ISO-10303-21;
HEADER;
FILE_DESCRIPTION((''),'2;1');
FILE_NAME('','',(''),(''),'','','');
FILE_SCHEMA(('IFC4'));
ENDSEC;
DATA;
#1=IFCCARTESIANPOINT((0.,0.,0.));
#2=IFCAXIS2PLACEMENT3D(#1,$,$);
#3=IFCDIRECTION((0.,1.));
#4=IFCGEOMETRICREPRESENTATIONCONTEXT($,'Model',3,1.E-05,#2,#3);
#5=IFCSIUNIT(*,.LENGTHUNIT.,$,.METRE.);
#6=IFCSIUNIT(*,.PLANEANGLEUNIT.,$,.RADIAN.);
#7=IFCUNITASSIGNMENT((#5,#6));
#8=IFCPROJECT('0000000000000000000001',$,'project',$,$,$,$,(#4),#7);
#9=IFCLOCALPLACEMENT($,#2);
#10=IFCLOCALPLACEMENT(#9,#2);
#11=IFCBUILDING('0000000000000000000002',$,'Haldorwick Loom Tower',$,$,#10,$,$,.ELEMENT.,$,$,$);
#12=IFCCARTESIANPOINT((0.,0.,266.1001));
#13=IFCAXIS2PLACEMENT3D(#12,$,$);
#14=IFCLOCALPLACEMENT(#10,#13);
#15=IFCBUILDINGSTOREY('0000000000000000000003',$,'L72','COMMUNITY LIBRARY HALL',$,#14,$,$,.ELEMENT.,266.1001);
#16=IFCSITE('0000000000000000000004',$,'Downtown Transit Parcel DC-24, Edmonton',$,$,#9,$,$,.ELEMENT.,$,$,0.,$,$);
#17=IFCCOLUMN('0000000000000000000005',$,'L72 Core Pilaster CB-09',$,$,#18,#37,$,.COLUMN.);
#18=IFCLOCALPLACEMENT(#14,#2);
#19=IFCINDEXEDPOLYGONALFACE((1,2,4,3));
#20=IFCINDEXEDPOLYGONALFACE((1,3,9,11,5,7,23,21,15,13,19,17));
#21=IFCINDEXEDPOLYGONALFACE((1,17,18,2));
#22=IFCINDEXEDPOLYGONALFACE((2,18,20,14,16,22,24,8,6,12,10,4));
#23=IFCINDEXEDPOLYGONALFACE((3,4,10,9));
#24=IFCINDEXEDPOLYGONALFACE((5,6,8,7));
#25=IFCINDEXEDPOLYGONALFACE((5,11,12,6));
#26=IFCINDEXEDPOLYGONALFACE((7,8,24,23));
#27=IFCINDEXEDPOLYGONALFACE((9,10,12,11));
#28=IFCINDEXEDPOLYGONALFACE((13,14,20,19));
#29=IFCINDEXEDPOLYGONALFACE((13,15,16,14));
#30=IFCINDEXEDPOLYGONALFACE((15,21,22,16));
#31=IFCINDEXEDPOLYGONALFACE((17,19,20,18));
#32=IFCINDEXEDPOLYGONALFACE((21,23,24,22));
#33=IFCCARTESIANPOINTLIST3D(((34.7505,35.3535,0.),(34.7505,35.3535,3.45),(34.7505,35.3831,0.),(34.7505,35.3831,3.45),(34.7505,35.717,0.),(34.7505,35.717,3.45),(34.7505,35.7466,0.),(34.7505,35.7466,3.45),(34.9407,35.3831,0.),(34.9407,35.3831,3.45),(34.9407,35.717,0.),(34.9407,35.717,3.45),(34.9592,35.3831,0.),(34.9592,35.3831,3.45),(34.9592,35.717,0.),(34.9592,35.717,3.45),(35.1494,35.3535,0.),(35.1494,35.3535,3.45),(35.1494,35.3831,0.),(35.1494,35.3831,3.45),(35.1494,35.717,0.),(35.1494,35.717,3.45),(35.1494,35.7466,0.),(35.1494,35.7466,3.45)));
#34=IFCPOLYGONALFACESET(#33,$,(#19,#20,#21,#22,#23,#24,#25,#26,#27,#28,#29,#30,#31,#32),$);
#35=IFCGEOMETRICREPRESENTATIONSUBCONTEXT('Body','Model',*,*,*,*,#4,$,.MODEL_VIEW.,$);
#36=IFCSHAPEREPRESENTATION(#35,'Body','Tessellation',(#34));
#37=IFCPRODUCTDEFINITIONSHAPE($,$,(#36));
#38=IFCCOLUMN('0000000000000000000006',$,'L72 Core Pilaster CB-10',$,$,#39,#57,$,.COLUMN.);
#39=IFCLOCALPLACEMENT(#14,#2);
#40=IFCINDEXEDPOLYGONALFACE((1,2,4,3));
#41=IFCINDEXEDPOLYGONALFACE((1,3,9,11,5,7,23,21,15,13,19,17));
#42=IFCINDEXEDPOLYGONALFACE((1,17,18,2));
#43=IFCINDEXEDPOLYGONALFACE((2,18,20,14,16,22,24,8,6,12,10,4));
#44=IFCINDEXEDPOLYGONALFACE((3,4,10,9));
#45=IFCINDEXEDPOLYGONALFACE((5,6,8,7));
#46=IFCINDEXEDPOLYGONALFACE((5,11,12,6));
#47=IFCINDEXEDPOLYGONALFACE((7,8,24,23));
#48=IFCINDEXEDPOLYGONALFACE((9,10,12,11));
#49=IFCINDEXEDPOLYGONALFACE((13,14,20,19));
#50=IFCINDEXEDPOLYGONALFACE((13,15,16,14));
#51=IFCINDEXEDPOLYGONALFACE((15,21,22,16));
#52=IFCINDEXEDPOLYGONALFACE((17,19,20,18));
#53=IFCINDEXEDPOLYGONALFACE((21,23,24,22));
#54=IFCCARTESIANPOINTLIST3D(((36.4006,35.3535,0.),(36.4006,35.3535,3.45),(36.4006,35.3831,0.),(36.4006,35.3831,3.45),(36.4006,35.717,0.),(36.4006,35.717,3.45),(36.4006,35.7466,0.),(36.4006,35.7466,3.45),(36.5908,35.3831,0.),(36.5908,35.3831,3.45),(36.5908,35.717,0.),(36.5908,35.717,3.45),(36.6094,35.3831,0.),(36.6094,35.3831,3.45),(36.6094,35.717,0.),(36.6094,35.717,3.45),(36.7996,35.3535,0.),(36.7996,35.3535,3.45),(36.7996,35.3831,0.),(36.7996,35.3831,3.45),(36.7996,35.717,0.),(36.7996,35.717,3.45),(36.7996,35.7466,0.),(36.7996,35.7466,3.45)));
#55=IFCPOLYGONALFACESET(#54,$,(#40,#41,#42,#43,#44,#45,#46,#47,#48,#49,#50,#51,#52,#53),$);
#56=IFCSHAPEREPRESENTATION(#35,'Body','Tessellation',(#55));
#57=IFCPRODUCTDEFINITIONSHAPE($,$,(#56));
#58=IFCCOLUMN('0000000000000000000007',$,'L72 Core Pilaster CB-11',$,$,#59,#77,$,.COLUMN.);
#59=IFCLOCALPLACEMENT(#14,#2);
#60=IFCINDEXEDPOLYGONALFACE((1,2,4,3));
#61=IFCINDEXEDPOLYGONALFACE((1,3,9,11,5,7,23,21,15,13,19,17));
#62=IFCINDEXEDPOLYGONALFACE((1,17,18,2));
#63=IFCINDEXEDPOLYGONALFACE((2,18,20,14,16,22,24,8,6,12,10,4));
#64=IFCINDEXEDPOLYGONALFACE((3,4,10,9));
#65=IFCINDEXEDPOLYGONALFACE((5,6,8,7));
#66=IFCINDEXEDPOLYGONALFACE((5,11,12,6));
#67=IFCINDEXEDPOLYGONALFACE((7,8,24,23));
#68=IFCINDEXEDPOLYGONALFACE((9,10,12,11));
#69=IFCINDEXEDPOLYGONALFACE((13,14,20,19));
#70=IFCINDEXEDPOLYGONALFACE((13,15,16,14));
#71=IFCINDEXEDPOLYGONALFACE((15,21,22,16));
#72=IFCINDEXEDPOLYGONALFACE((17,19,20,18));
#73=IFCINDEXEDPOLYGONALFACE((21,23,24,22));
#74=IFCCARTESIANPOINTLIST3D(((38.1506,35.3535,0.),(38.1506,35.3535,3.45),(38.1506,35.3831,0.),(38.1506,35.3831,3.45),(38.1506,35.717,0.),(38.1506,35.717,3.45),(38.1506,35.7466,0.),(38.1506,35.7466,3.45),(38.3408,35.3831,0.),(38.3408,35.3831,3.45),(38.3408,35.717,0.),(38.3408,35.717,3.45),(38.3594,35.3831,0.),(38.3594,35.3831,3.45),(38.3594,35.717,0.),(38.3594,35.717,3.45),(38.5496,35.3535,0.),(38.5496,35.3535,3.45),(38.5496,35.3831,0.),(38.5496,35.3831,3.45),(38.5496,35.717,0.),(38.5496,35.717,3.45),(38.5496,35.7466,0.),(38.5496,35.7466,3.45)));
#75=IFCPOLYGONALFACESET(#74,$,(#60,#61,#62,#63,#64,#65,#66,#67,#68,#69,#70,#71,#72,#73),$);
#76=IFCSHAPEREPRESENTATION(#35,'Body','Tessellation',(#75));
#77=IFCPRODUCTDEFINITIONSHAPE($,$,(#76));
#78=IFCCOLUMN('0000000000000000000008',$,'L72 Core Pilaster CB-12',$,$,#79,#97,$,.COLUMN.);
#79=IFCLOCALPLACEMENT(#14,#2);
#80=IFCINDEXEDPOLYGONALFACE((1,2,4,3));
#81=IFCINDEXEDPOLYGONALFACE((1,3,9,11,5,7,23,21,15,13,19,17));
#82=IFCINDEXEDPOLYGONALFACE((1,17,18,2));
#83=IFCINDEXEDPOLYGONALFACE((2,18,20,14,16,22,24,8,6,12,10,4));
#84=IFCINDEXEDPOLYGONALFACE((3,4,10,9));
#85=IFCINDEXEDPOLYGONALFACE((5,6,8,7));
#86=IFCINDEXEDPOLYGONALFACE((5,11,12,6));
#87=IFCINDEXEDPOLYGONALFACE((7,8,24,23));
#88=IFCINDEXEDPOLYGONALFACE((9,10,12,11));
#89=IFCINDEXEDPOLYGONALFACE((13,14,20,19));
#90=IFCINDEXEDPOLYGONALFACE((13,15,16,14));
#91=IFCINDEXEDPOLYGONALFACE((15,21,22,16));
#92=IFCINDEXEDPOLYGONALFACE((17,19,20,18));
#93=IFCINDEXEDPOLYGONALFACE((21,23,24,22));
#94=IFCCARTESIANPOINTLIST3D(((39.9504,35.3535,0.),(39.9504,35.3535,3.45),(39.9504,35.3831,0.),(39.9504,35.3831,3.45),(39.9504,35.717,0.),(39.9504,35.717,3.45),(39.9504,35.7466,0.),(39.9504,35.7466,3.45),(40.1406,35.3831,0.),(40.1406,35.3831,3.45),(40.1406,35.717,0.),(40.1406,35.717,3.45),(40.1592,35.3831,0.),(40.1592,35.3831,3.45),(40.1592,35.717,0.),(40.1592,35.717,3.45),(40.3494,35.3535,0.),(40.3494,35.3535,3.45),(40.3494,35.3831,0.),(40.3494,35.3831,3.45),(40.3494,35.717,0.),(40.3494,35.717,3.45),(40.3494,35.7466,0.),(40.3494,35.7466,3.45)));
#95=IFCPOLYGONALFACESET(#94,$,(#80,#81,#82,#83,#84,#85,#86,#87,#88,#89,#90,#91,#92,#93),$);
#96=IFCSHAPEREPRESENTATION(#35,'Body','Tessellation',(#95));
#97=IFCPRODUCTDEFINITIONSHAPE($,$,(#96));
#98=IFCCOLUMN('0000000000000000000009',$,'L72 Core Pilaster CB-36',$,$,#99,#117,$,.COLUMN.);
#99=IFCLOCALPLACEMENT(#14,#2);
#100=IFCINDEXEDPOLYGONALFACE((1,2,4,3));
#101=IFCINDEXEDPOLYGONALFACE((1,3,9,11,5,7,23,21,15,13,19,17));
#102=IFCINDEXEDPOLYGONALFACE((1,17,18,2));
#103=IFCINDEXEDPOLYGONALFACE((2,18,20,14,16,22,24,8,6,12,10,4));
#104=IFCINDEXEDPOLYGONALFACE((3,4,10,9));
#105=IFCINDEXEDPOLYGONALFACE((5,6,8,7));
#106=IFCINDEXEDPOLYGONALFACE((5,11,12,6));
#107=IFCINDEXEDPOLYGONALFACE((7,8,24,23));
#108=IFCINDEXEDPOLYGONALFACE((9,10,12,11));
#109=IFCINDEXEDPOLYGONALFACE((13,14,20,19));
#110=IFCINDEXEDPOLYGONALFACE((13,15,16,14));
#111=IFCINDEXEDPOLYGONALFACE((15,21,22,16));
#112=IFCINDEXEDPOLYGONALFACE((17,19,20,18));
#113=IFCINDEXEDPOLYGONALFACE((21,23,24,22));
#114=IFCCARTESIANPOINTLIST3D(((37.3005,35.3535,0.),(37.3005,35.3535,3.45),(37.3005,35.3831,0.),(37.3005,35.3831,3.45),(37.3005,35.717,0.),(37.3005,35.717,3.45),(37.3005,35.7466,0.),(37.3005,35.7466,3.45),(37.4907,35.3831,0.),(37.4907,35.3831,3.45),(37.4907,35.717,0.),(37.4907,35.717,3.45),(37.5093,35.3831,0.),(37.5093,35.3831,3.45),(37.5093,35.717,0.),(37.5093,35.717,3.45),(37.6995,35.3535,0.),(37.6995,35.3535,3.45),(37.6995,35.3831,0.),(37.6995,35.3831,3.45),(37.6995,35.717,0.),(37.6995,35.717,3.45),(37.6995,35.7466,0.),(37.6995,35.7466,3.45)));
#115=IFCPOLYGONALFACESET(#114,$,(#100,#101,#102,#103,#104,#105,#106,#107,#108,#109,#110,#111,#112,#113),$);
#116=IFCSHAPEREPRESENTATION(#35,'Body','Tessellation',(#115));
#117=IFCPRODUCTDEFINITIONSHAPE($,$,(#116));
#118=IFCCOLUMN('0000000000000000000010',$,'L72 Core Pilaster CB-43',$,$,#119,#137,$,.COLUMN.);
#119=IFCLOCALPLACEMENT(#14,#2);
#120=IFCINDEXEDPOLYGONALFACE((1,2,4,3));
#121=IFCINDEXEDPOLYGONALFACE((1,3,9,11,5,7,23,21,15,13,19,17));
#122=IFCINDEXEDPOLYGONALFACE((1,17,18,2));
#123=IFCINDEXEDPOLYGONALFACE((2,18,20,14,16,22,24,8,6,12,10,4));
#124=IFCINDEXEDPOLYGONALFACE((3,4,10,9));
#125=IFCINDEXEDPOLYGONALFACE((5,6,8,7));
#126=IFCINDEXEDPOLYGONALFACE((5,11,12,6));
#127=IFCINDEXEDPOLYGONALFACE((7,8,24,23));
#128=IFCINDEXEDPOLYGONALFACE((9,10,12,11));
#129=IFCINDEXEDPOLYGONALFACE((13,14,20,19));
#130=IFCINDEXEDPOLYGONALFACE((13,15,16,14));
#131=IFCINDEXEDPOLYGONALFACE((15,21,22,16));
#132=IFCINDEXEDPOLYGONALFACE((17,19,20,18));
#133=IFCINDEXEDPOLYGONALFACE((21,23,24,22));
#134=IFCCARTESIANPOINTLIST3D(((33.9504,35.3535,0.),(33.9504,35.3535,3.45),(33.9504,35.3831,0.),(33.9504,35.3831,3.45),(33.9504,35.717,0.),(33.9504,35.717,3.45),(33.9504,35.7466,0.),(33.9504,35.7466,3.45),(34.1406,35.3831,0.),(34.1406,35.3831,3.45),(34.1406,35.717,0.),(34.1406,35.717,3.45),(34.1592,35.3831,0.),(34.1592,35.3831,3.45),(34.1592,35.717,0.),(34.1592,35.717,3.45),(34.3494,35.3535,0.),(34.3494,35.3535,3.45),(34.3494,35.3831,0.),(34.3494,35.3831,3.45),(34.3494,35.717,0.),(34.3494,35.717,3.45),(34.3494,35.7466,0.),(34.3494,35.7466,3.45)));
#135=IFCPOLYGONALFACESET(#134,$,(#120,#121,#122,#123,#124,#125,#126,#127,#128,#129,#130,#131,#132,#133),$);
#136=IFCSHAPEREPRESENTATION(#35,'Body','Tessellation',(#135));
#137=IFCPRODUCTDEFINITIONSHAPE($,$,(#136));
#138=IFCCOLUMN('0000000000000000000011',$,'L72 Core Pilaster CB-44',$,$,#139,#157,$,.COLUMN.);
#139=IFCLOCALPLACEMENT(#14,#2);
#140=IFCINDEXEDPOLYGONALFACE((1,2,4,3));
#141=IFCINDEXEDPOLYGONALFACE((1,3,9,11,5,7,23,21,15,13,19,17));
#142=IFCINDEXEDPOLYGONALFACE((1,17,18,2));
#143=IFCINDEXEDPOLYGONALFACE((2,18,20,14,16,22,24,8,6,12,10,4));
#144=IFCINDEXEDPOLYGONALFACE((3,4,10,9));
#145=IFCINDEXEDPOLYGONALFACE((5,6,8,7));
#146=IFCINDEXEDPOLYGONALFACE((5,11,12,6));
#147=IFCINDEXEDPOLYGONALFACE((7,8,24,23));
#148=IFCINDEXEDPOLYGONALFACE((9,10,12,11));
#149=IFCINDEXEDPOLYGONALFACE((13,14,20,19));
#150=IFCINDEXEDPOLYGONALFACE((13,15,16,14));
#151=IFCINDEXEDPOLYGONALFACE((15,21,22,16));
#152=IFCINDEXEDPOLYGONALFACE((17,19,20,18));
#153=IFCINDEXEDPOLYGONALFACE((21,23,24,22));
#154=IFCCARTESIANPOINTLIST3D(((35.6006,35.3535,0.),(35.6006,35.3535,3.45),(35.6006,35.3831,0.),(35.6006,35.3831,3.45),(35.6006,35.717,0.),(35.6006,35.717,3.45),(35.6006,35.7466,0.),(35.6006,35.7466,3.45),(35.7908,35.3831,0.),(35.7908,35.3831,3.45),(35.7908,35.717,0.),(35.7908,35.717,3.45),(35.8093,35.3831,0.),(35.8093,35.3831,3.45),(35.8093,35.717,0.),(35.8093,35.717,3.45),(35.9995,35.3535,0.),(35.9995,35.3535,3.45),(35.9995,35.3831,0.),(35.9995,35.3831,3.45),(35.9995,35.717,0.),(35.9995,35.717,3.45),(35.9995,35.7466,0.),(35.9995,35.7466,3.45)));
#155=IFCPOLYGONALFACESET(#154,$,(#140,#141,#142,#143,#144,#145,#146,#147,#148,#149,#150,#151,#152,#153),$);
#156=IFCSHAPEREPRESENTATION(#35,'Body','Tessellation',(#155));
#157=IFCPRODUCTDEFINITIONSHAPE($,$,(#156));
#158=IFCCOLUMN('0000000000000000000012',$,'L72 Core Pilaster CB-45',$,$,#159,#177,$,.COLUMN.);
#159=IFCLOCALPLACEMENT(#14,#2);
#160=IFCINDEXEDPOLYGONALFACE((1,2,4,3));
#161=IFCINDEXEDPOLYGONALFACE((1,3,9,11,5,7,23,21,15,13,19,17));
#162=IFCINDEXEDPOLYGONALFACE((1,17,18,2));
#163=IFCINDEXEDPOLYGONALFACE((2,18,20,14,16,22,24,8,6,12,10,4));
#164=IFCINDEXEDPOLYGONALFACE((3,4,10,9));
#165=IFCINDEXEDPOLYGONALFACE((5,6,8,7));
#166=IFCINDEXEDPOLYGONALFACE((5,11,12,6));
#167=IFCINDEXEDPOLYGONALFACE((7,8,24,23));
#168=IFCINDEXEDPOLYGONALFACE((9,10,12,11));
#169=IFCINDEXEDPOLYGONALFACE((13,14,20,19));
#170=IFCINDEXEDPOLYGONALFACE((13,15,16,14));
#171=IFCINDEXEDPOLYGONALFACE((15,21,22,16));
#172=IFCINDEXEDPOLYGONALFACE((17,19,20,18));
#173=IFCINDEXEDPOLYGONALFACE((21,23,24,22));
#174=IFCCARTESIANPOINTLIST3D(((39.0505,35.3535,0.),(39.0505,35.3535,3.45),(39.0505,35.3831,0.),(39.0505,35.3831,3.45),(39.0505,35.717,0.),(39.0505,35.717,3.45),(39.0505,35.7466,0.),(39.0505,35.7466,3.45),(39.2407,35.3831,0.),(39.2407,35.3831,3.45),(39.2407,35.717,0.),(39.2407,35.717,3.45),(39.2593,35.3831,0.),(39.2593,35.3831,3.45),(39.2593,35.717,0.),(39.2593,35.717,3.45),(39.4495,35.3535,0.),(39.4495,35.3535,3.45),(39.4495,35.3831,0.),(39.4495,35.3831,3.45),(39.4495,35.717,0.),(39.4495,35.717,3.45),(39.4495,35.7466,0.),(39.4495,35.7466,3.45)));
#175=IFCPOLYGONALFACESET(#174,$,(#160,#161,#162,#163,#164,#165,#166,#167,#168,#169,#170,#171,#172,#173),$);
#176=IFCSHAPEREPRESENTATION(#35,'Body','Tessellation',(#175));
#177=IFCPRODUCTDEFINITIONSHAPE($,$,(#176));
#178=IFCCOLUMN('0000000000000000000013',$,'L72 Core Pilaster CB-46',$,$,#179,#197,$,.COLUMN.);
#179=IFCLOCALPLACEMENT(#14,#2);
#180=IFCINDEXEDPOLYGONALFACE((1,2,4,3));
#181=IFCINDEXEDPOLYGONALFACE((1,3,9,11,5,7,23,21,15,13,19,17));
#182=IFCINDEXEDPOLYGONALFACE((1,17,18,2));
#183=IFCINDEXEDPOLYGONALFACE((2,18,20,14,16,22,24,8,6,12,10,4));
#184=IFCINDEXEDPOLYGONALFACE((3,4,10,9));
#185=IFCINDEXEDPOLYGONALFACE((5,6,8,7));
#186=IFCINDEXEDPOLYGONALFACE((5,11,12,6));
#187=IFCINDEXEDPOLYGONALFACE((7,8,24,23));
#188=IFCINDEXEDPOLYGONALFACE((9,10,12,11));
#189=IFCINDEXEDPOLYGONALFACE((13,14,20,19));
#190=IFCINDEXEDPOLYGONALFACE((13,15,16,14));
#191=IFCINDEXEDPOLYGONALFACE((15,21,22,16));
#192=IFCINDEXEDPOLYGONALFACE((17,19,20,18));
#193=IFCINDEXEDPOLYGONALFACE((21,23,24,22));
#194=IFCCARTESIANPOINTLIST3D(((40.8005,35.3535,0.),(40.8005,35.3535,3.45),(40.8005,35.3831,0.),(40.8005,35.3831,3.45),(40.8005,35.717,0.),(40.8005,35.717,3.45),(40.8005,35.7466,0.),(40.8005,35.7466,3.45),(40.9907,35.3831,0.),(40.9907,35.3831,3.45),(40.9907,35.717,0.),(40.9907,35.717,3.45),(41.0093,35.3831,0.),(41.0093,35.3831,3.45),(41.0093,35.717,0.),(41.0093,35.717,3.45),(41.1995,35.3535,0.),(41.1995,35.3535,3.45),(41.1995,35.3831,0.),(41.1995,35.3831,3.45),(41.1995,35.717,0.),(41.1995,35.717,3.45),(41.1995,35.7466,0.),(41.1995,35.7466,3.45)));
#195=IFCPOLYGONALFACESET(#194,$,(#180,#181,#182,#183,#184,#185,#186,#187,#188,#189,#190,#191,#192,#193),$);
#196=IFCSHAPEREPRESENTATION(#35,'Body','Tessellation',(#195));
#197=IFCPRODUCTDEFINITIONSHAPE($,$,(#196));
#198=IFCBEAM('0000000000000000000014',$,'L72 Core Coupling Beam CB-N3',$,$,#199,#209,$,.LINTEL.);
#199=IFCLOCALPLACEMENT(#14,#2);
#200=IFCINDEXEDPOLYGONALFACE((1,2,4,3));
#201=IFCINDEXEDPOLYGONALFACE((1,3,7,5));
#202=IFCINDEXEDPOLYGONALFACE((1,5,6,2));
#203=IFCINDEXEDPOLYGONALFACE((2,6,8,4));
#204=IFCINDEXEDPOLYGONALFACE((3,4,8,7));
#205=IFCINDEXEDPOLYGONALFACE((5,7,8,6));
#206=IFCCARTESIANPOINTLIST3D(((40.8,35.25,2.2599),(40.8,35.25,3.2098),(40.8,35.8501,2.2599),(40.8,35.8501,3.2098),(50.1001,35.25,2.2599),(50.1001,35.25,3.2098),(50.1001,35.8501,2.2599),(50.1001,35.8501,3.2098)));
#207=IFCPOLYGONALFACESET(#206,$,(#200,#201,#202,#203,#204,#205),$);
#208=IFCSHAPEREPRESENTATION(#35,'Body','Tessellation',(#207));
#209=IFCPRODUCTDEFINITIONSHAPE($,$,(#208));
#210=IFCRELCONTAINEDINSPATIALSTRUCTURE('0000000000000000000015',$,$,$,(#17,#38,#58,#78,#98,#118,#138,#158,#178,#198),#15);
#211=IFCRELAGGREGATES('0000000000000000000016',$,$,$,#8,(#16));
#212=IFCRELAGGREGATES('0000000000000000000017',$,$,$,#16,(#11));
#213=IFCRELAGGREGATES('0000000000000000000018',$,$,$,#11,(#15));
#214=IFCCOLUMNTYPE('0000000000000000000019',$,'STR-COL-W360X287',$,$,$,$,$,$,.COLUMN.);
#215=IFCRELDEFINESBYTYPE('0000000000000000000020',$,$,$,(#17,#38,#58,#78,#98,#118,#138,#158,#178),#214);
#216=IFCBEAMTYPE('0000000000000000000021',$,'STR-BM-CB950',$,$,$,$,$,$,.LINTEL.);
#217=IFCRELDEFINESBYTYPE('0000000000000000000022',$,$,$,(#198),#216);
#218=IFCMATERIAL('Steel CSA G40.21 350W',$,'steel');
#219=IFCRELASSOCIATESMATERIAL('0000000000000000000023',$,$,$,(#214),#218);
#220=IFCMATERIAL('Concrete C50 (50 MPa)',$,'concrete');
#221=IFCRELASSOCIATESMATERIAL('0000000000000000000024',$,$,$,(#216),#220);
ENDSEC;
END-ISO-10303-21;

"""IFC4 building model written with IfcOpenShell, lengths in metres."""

from ifc_helpers import new_model, si_unit, direction, frame, origin, origin_2d, place, context, subcontext, project, spatial, rectangle, i_section, extrude, material, material_profile, profile_set, type_object, element, save


model = new_model("IFC4")

# Units and contexts
model_context = context("Model", 3, precision=1e-05, world=origin(), true_north=direction((0.0, 1.0)))
body_context = subcontext(model_context, "Body", "Model", "MODEL_VIEW")
ifc_project = project(units=[si_unit("LENGTHUNIT", "METRE"), si_unit("PLANEANGLEUNIT", "RADIAN")], contexts=[model_context])

# Site, building, storey
site_placement = place(None, origin())
site = spatial("IfcSite", under=ifc_project, at=site_placement, Name="Downtown Transit Parcel DC-24, Edmonton", CompositionType="ELEMENT", RefElevation=0.0)
building_placement = place(site_placement, origin())
building = spatial("IfcBuilding", under=site, at=building_placement, Name="Haldorwick Loom Tower", CompositionType="ELEMENT")
storey_placement = place(building_placement, frame((0.0, 0.0, 266.1001)))
storey = spatial("IfcBuildingStorey", under=building, at=storey_placement, Name="L72", Description="COMMUNITY LIBRARY HALL", CompositionType="ELEMENT", Elevation=266.1001)

# Columns
ifc_material_1 = material(Name="Steel CSA G40.21 350W", Category="steel")
ifc_material_profile_1 = material_profile(ifc_material_1, i_section(OverallWidth=0.3989, OverallDepth=0.3931, WebThickness=0.0186, FlangeThickness=0.0295, at=origin_2d()), Name="W360X287", Category="steel")
ifc_profile_set_1 = profile_set([ifc_material_profile_1], Name="Steel CSA G40.21 350W")
column_type = type_object("IfcColumnType", Name="STR-COL-W360X287", PredefinedType="COLUMN", material=ifc_profile_set_1)
for number, where, z_axis, x_axis, name in (
    (1, (34.95, 35.55, 0.0), (0.0, 0.0, 1.0), (1.0, 0.0, 0.0), "L72 Core Pilaster CB-09"),
    (2, (36.6001, 35.55, 0.0), (0.0, 0.0, 1.0), (1.0, 0.0, 0.0), "L72 Core Pilaster CB-10"),
    (3, (38.3501, 35.55, 0.0), (0.0, 0.0, 1.0), (1.0, 0.0, 0.0), "L72 Core Pilaster CB-11"),
    (4, (40.1499, 35.55, 0.0), (0.0, 0.0, 1.0), (1.0, 0.0, 0.0), "L72 Core Pilaster CB-12"),
    (5, (37.5, 35.55, 0.0), (0.0, 0.0, 1.0), (1.0, 0.0, 0.0), "L72 Core Pilaster CB-36"),
    (6, (34.1499, 35.55, 0.0), (0.0, 0.0, 1.0), (1.0, 0.0, 0.0), "L72 Core Pilaster CB-43"),
    (7, (35.8, 35.55, 0.0), (0.0, 0.0, 1.0), (1.0, 0.0, 0.0), "L72 Core Pilaster CB-44"),
    (8, (39.25, 35.55, 0.0), (0.0, 0.0, 1.0), (1.0, 0.0, 0.0), "L72 Core Pilaster CB-45"),
    (9, (41.0, 35.55, 0.0), (0.0, 0.0, 1.0), (1.0, 0.0, 0.0), "L72 Core Pilaster CB-46"),
):
    element("IfcColumn", number, at=place(storey_placement, frame(where, z_axis=z_axis, x_axis=x_axis)), inside=storey, type_object=column_type, Name=name, PredefinedType="COLUMN", context=body_context, shape_type="SweptSolid", body=[
        extrude(i_section(OverallWidth=0.3989, OverallDepth=0.3931, WebThickness=0.0186, FlangeThickness=0.0295, at=origin_2d()), origin(), (0.0, 0.0, 1.0), 3.45),
    ])

# Beam
ifc_material_2 = material(Name="Concrete C50 (50 MPa)", Category="concrete")
ifc_material_profile_2 = material_profile(ifc_material_2, rectangle(XDim=0.6001, YDim=0.95, at=origin_2d()), Name="RC600X950", Category="concrete")
ifc_profile_set_2 = profile_set([ifc_material_profile_2], Name="Concrete C50 (50 MPa)")
beam_type_1 = type_object("IfcBeamType", Name="STR-BM-CB950", PredefinedType="LINTEL", material=ifc_profile_set_2)
beam_1_placement = place(storey_placement, frame((40.8, 35.55, 2.7349), z_axis=(1.0, 0.0, 0.0), x_axis=(0.0, 1.0, 0.0)))
element("IfcBeam", 10, at=beam_1_placement, inside=storey, type_object=beam_type_1, Name="L72 Core Coupling Beam CB-N3", PredefinedType="LINTEL", context=body_context, shape_type="SweptSolid", body=[
    extrude(rectangle(XDim=0.6001, YDim=0.95, at=origin_2d()), origin(), (0.0, 0.0, 1.0), 9.3),
])

save(model, "model.ifc")
